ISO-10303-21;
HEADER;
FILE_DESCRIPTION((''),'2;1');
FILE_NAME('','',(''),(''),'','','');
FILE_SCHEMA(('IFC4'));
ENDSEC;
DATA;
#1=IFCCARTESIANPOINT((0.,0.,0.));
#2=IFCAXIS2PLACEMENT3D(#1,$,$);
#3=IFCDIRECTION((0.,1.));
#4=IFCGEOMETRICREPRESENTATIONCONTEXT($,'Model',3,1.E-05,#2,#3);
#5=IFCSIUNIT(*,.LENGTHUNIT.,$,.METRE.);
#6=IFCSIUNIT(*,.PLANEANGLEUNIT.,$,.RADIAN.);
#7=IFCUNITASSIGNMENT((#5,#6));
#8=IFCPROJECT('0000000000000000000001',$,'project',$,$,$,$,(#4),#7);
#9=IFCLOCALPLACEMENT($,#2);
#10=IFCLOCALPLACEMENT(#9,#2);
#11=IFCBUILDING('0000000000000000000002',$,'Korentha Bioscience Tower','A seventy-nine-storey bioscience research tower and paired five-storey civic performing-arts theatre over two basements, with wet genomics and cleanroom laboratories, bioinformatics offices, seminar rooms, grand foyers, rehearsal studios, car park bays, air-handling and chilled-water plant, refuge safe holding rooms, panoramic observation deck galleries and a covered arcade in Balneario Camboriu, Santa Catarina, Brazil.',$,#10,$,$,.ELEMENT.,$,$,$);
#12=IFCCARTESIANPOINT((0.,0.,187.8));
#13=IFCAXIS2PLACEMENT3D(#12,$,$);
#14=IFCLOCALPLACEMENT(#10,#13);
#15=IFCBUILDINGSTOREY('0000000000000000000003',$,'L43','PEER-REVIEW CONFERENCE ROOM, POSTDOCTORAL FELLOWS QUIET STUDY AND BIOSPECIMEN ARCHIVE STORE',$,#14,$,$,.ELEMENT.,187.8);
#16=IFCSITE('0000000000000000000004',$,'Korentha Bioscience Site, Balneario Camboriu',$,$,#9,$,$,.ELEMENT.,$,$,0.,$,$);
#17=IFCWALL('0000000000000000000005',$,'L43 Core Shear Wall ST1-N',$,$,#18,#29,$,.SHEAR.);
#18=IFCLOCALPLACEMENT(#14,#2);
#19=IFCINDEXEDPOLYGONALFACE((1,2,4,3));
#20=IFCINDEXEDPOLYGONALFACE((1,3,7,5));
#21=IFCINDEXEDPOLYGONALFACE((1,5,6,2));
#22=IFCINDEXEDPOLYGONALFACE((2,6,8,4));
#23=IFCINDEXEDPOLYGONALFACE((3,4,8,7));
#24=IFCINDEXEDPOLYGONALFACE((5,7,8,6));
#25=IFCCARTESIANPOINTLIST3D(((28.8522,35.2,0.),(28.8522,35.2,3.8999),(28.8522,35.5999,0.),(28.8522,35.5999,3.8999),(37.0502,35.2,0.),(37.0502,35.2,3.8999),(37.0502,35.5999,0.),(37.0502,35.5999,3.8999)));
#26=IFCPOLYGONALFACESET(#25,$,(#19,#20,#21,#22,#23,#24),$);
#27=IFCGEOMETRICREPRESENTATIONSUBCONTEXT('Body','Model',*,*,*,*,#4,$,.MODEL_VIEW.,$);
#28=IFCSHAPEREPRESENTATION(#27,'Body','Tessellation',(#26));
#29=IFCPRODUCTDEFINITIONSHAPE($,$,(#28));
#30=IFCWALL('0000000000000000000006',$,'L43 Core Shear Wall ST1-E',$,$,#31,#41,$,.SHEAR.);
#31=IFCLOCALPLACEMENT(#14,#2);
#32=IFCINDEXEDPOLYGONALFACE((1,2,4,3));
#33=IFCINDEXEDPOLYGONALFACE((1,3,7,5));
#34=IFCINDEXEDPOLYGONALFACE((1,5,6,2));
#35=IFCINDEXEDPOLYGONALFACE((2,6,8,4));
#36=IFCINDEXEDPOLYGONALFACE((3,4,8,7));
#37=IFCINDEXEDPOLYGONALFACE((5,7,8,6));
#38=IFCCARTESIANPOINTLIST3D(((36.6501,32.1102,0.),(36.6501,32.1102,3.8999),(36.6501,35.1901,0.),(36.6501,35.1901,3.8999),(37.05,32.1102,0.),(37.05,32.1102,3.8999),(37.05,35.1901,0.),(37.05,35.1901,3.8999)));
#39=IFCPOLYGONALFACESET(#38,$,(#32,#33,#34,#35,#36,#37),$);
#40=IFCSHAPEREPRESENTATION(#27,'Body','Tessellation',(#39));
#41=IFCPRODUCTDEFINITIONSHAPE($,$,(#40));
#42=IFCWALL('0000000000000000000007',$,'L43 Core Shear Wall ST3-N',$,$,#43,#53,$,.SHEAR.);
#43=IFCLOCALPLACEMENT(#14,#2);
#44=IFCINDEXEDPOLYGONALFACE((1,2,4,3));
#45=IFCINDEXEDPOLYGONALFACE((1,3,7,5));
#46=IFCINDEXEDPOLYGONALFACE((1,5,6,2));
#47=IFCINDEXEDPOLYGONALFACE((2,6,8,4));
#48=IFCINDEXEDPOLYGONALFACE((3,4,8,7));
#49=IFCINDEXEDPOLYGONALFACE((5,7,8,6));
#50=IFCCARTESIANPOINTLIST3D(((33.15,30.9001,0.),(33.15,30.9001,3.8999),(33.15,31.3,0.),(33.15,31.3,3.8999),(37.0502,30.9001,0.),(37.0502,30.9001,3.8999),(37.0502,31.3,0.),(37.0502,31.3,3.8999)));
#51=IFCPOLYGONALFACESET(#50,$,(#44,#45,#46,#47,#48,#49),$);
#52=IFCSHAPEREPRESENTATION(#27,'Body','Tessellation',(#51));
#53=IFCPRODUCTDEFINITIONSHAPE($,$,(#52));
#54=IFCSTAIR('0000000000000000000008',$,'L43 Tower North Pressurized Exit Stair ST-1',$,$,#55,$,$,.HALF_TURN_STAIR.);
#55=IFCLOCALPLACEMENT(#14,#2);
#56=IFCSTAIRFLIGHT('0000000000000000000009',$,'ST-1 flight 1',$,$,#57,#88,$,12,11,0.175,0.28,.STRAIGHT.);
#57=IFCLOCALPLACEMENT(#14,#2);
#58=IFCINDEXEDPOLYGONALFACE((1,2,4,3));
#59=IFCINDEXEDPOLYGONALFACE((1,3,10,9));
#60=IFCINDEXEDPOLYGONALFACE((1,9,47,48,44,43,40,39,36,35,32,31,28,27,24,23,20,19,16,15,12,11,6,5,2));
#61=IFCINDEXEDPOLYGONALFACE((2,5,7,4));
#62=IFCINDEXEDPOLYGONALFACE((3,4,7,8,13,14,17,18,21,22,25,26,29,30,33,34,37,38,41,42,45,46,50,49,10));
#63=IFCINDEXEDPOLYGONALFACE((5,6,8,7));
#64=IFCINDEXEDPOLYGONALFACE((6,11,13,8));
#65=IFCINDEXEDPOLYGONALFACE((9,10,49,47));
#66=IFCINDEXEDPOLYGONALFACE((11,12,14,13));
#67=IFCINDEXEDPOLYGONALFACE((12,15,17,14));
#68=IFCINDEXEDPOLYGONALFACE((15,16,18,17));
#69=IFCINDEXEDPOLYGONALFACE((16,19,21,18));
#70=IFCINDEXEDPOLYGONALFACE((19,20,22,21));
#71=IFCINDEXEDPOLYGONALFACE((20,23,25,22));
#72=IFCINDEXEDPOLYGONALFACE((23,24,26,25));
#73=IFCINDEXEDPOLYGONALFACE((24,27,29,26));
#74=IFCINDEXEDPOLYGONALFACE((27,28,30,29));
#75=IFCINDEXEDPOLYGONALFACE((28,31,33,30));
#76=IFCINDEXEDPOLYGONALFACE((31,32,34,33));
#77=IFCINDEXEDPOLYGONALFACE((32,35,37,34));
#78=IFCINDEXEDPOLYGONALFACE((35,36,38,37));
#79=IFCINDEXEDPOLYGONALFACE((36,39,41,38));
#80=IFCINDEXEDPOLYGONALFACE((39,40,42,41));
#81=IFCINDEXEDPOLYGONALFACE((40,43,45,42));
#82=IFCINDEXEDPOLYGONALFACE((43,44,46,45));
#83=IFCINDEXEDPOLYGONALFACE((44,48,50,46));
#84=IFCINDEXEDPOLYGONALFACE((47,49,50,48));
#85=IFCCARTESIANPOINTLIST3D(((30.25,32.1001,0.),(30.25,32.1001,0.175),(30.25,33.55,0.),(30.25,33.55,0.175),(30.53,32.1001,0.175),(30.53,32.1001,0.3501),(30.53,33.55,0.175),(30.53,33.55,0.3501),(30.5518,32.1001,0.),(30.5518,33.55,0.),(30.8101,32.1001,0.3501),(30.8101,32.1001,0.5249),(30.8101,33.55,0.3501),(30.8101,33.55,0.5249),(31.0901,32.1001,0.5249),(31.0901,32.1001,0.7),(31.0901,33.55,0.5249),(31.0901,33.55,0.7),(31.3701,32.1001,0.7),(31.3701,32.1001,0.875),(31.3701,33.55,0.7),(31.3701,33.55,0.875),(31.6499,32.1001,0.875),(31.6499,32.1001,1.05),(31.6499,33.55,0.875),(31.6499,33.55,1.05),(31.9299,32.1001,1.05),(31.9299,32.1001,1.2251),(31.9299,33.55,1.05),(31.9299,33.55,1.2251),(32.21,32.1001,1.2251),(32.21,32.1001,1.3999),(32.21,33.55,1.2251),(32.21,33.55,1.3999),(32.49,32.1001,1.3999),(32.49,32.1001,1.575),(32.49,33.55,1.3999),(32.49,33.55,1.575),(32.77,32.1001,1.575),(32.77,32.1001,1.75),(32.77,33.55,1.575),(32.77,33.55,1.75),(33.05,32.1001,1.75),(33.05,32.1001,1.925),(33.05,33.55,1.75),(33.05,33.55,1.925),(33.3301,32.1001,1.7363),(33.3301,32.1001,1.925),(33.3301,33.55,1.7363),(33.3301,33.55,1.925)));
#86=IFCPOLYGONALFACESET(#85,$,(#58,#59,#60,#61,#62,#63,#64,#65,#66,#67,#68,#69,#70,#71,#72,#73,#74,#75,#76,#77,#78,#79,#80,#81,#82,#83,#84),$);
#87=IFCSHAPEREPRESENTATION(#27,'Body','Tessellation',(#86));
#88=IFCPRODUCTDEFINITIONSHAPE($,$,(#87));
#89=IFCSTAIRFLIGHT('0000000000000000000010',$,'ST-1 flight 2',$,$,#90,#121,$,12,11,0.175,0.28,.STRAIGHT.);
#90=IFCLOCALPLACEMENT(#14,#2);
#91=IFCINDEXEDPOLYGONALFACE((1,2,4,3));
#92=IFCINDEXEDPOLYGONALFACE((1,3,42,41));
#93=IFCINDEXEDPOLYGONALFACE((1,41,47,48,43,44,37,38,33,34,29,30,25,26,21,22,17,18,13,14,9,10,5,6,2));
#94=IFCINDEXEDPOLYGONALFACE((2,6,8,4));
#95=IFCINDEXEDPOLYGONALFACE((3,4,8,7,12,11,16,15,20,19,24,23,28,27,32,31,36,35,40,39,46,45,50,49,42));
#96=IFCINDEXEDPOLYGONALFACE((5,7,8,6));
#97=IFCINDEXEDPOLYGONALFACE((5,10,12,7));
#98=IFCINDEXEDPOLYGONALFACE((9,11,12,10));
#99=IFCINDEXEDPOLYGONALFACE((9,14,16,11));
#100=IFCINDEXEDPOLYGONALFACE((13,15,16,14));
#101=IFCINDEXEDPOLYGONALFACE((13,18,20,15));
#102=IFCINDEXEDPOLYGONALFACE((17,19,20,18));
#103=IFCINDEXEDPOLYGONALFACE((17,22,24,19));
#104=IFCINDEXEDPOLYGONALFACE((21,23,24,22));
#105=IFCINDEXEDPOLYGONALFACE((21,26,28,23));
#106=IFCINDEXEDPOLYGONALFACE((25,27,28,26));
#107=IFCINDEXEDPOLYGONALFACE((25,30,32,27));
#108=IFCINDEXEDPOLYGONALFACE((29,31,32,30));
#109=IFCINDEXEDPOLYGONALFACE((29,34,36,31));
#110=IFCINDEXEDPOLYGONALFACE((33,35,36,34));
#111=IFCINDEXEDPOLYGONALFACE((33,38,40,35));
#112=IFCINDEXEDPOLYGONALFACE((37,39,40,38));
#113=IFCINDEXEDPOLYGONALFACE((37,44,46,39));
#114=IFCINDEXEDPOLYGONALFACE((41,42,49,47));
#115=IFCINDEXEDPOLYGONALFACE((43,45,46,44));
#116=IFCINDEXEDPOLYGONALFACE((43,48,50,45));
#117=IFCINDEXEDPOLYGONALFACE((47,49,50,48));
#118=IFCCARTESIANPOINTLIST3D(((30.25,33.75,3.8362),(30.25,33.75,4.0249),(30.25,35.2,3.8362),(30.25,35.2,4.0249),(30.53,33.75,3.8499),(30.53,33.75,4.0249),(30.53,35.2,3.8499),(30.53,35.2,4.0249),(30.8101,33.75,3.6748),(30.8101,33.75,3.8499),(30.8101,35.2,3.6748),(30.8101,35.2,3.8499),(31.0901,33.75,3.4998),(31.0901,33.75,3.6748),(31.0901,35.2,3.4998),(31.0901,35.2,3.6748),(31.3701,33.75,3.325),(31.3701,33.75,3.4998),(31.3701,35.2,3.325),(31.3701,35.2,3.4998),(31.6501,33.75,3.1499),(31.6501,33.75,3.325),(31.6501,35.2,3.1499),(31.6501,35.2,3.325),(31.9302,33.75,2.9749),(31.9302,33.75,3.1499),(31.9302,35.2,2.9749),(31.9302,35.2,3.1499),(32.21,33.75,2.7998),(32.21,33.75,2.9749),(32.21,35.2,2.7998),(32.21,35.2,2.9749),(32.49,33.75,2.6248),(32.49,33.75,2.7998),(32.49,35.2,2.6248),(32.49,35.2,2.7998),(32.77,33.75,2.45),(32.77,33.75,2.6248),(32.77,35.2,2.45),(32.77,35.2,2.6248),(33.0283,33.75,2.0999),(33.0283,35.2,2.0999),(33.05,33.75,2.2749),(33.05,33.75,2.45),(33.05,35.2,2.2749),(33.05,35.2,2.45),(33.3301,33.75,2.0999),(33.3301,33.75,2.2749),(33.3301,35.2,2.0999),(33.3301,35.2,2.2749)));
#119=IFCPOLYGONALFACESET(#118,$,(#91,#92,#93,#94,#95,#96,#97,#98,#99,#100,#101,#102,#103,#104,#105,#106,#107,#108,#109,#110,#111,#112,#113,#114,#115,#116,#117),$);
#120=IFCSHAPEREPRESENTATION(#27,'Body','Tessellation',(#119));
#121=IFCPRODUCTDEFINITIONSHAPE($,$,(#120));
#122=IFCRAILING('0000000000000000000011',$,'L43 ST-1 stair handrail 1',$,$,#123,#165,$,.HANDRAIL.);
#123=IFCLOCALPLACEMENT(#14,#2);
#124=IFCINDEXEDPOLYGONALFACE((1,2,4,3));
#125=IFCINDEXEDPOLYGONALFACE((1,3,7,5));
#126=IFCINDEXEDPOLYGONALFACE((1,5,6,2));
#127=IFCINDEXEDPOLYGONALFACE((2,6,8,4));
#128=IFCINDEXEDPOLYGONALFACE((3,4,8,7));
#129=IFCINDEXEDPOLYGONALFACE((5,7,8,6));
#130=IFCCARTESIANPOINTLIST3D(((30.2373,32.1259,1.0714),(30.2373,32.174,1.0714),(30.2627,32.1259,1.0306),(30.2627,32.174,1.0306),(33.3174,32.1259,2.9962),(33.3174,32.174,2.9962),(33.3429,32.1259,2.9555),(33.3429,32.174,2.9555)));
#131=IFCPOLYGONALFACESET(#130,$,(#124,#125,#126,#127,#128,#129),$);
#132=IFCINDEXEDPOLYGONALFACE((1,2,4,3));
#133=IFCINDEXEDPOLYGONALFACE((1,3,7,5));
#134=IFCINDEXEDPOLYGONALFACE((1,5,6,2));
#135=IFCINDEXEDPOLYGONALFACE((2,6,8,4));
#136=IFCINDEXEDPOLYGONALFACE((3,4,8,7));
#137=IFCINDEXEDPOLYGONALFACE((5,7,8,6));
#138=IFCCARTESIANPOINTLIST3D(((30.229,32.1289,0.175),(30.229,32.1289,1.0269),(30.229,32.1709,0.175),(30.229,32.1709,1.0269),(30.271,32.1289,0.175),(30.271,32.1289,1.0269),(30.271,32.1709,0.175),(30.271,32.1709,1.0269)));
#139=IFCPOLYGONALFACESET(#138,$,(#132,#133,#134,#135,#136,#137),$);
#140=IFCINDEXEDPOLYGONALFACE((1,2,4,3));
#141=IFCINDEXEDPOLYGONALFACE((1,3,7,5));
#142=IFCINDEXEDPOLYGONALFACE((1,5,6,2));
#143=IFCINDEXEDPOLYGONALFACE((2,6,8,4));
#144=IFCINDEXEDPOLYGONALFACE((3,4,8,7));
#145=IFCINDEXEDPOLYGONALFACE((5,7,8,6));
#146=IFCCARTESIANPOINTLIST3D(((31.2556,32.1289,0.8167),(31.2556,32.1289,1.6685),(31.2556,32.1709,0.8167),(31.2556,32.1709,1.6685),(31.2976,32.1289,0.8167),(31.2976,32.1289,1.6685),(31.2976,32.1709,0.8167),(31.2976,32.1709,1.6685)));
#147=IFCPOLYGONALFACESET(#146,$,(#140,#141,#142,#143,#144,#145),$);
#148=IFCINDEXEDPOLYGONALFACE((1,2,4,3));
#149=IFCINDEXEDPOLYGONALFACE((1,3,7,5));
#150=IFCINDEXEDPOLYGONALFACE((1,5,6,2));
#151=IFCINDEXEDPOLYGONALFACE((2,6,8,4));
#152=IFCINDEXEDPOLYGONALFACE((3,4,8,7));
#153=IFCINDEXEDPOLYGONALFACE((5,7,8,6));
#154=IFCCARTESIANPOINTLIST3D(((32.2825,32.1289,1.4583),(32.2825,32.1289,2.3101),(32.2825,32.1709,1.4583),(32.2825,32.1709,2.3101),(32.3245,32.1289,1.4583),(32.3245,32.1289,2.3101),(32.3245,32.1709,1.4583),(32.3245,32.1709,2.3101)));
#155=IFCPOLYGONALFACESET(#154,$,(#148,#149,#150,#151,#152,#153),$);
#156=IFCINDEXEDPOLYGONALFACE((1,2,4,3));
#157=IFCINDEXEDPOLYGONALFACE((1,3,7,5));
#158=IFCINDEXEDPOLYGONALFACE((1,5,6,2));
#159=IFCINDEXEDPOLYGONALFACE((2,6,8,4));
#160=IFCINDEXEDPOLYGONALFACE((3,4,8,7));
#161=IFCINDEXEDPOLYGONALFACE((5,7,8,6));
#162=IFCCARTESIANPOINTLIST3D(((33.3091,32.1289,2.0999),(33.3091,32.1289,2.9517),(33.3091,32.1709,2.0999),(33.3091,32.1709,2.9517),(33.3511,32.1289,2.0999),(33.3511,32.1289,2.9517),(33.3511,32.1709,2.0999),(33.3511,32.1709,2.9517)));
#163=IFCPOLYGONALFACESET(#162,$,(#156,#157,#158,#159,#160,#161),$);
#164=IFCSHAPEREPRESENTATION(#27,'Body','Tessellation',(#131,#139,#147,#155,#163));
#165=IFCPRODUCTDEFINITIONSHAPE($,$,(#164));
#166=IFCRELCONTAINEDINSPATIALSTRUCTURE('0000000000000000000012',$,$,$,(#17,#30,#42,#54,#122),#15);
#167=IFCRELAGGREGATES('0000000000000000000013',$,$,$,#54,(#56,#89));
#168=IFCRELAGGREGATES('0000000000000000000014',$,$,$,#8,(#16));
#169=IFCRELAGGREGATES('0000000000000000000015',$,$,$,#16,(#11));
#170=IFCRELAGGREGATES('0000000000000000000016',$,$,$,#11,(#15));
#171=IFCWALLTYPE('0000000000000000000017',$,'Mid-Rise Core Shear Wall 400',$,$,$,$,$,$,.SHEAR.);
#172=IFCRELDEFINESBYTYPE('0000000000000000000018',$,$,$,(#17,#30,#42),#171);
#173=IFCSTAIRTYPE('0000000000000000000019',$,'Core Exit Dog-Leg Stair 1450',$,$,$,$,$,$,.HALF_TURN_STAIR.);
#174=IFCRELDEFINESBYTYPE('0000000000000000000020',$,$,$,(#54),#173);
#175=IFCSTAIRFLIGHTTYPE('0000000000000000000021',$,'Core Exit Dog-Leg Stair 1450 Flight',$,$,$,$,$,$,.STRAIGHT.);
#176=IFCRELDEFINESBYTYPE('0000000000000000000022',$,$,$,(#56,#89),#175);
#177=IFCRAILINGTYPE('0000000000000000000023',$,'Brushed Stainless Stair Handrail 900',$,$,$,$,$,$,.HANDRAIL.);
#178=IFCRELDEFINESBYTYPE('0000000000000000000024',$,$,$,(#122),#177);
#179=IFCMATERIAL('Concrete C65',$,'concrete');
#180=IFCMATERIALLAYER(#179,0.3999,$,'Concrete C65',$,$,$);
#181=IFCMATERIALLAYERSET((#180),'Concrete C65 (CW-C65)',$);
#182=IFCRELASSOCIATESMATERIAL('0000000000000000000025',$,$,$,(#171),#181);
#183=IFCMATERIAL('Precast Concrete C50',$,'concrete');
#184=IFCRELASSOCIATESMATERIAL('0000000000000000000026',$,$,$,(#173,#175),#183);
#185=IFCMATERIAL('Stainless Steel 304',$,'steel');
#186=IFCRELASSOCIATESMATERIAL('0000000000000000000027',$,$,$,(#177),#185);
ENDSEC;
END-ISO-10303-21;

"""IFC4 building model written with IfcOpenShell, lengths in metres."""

from ifc_helpers import new_model, si_unit, direction, frame, frame_2d, origin, origin_2d, place, context, subcontext, project, spatial, polyline, rectangle, outline, extrude, material, layer, layer_set, type_object, element, aggregate, save


model = new_model("IFC4")

# Units and contexts
model_context = context("Model", 3, precision=1e-05, world=origin(), true_north=direction((0.0, 1.0)))
body_context = subcontext(model_context, "Body", "Model", "MODEL_VIEW")
ifc_project = project(units=[si_unit("LENGTHUNIT", "METRE"), si_unit("PLANEANGLEUNIT", "RADIAN")], contexts=[model_context])

# Site, building, storey
site_placement = place(None, origin())
site = spatial("IfcSite", under=ifc_project, at=site_placement, Name="Korentha Bioscience Site, Balneario Camboriu", CompositionType="ELEMENT", RefElevation=0.0)
building_placement = place(site_placement, origin())
building = spatial("IfcBuilding", under=site, at=building_placement, Name="Korentha Bioscience Tower", Description="A seventy-nine-storey bioscience research tower and paired five-storey civic performing-arts theatre over two basements, with wet genomics and cleanroom laboratories, bioinformatics offices, seminar rooms, grand foyers, rehearsal studios, car park bays, air-handling and chilled-water plant, refuge safe holding rooms, panoramic observation deck galleries and a covered arcade in Balneario Camboriu, Santa Catarina, Brazil.", CompositionType="ELEMENT")
storey_placement = place(building_placement, frame((0.0, 0.0, 187.8)))
storey = spatial("IfcBuildingStorey", under=building, at=storey_placement, Name="L43", Description="PEER-REVIEW CONFERENCE ROOM, POSTDOCTORAL FELLOWS QUIET STUDY AND BIOSPECIMEN ARCHIVE STORE", CompositionType="ELEMENT", Elevation=187.8)

# Shared definitions
ifc_material_1 = material(Name="Concrete C65", Category="concrete")

# Walls
ifc_layer_1 = layer(ifc_material_1, 0.3999, Name="Concrete C65")
ifc_layer_set_1 = layer_set([ifc_layer_1], Name="Concrete C65 (CW-C65)")
wall_type_1 = type_object("IfcWallType", Name="Mid-Rise Core Shear Wall 400", PredefinedType="SHEAR", material=ifc_layer_set_1)
wall_1_placement = place(storey_placement, frame((28.8521, 35.3999, 0.0), z_axis=(0.0, 0.0, 1.0), x_axis=(1.0, 0.0, 0.0)))
element("IfcWall", 1, at=wall_1_placement, inside=storey, type_object=wall_type_1, Name="L43 Core Shear Wall ST1-N", PredefinedType="SHEAR", context=body_context, shape_type="SweptSolid", body=[
    extrude(rectangle(XDim=8.198, YDim=0.3999, at=frame_2d((4.0991, 0.0))), origin(), (0.0, 0.0, 1.0), 3.8999),
])
wall_2_placement = place(storey_placement, frame((36.8501, 32.1101, 0.0), z_axis=(0.0, 0.0, 1.0), x_axis=(0.0, 1.0, 0.0)))
element("IfcWall", 2, at=wall_2_placement, inside=storey, type_object=wall_type_1, Name="L43 Core Shear Wall ST1-E", PredefinedType="SHEAR", context=body_context, shape_type="SweptSolid", body=[
    extrude(rectangle(XDim=3.0798, YDim=0.3999, at=frame_2d((1.54, 0.0))), origin(), (0.0, 0.0, 1.0), 3.8999),
])
wall_3_placement = place(storey_placement, frame((33.1499, 31.1001, 0.0), z_axis=(0.0, 0.0, 1.0), x_axis=(1.0, 0.0, 0.0)))
element("IfcWall", 3, at=wall_3_placement, inside=storey, type_object=wall_type_1, Name="L43 Core Shear Wall ST3-N", PredefinedType="SHEAR", context=body_context, shape_type="SweptSolid", body=[
    extrude(rectangle(XDim=3.9001, YDim=0.3999, at=frame_2d((1.9502, 0.0))), origin(), (0.0, 0.0, 1.0), 3.8999),
])

# Stair, stair flights
ifc_material_2 = material(Name="Precast Concrete C50", Category="concrete")
stair_type = type_object("IfcStairType", Name="Core Exit Dog-Leg Stair 1450", PredefinedType="HALF_TURN_STAIR", material=ifc_material_2)
stair_placement = place(storey_placement, origin())
stair = element("IfcStair", 4, at=stair_placement, inside=storey, type_object=stair_type, Name="L43 Tower North Pressurized Exit Stair ST-1", PredefinedType="HALF_TURN_STAIR")
stair_flight_type = type_object("IfcStairFlightType", Name="Core Exit Dog-Leg Stair 1450 Flight", PredefinedType="STRAIGHT", material=ifc_material_2)
stair_flight_1_placement = place(storey_placement, frame((30.25, 32.825, 0.0), z_axis=(0.0, 0.0, 1.0), x_axis=(1.0, 0.0, 0.0)))
stair_flight_1 = element("IfcStairFlight", 5, at=stair_flight_1_placement, type_object=stair_flight_type, Name="ST-1 flight 1", NumberOfRisers=12, NumberOfTreads=11, PredefinedType="STRAIGHT", RiserHeight=0.175, TreadLength=0.28, context=body_context, shape_type="SweptSolid", body=[
    extrude(outline(polyline([(0.0, 0.0), (0.0, 0.175), (0.28, 0.175), (0.28, 0.3501), (0.5601, 0.3501), (0.5601, 0.5249), (0.8401, 0.5249), (0.8401, 0.7), (1.1201, 0.7), (1.1201, 0.875), (1.3999, 0.875), (1.3999, 1.05), (1.6799, 1.05), (1.6799, 1.2251), (1.96, 1.2251), (1.96, 1.3999), (2.24, 1.3999), (2.24, 1.575), (2.52, 1.575), (2.52, 1.75), (2.8, 1.75), (2.8, 1.925), (3.0801, 1.925), (3.0801, 2.1001), (3.0801, 1.7363), (0.3018, 0.0), (0.0, 0.0)])), frame((0.0, 0.7251, 0.0), z_axis=(0.0, -1.0, 0.0), x_axis=(1.0, 0.0, 0.0)), (0.0, 0.0, 1.0), 1.45),
])
stair_flight_2_placement = place(storey_placement, frame((33.3301, 34.4751, 2.0999), z_axis=(0.0, 0.0, 1.0), x_axis=(-1.0, 0.0, 0.0)))
stair_flight_2 = element("IfcStairFlight", 6, at=stair_flight_2_placement, type_object=stair_flight_type, Name="ST-1 flight 2", NumberOfRisers=12, NumberOfTreads=11, PredefinedType="STRAIGHT", RiserHeight=0.175, TreadLength=0.28, context=body_context, shape_type="SweptSolid", body=[
    extrude(outline(polyline([(0.0, 0.0), (0.0, 0.175), (0.28, 0.175), (0.28, 0.3501), (0.5601, 0.3501), (0.5601, 0.5249), (0.8401, 0.5249), (0.8401, 0.7), (1.1201, 0.7), (1.1201, 0.875), (1.3999, 0.875), (1.3999, 1.05), (1.6799, 1.05), (1.6799, 1.2251), (1.96, 1.2251), (1.96, 1.3999), (2.24, 1.3999), (2.24, 1.575), (2.52, 1.575), (2.52, 1.75), (2.8, 1.75), (2.8, 1.925), (3.0801, 1.925), (3.0801, 2.1001), (3.0801, 1.7363), (0.3018, 0.0), (0.0, 0.0)])), frame((0.0, 0.7251, 0.0), z_axis=(0.0, -1.0, 0.0), x_axis=(1.0, 0.0, 0.0)), (0.0, 0.0, 1.0), 1.45),
])
aggregate(stair, [stair_flight_1, stair_flight_2])

# Railing
ifc_material_3 = material(Name="Stainless Steel 304", Category="steel")
railing_type_1 = type_object("IfcRailingType", Name="Brushed Stainless Stair Handrail 900", PredefinedType="HANDRAIL", material=ifc_material_3)
railing_1_placement = place(storey_placement, frame((30.25, 32.1499, 0.175)))
element("IfcRailing", 7, at=railing_1_placement, inside=storey, type_object=railing_type_1, Name="L43 ST-1 stair handrail 1", PredefinedType="HANDRAIL", context=body_context, shape_type="SweptSolid", body=[
    extrude(rectangle(XDim=0.0481, YDim=0.0481, at=origin_2d()), frame((0.0, 0.0, 0.876), z_axis=(0.848029, 0.0, 0.529951), x_axis=(0.0, 1.0, 0.0)), (0.0, 0.0, 1.0), 3.6321),
    extrude(rectangle(XDim=0.042, YDim=0.042, at=origin_2d()), origin(), (0.0, 0.0, 1.0), 0.8518),
    extrude(rectangle(XDim=0.042, YDim=0.042, at=origin_2d()), frame((1.0266, 0.0, 0.6416)), (0.0, 0.0, 1.0), 0.8518),
    extrude(rectangle(XDim=0.042, YDim=0.042, at=origin_2d()), frame((2.0535, 0.0, 1.2832)), (0.0, 0.0, 1.0), 0.8518),
    extrude(rectangle(XDim=0.042, YDim=0.042, at=origin_2d()), frame((3.0801, 0.0, 1.9248)), (0.0, 0.0, 1.0), 0.8518),
])

save(model, "model.ifc")
